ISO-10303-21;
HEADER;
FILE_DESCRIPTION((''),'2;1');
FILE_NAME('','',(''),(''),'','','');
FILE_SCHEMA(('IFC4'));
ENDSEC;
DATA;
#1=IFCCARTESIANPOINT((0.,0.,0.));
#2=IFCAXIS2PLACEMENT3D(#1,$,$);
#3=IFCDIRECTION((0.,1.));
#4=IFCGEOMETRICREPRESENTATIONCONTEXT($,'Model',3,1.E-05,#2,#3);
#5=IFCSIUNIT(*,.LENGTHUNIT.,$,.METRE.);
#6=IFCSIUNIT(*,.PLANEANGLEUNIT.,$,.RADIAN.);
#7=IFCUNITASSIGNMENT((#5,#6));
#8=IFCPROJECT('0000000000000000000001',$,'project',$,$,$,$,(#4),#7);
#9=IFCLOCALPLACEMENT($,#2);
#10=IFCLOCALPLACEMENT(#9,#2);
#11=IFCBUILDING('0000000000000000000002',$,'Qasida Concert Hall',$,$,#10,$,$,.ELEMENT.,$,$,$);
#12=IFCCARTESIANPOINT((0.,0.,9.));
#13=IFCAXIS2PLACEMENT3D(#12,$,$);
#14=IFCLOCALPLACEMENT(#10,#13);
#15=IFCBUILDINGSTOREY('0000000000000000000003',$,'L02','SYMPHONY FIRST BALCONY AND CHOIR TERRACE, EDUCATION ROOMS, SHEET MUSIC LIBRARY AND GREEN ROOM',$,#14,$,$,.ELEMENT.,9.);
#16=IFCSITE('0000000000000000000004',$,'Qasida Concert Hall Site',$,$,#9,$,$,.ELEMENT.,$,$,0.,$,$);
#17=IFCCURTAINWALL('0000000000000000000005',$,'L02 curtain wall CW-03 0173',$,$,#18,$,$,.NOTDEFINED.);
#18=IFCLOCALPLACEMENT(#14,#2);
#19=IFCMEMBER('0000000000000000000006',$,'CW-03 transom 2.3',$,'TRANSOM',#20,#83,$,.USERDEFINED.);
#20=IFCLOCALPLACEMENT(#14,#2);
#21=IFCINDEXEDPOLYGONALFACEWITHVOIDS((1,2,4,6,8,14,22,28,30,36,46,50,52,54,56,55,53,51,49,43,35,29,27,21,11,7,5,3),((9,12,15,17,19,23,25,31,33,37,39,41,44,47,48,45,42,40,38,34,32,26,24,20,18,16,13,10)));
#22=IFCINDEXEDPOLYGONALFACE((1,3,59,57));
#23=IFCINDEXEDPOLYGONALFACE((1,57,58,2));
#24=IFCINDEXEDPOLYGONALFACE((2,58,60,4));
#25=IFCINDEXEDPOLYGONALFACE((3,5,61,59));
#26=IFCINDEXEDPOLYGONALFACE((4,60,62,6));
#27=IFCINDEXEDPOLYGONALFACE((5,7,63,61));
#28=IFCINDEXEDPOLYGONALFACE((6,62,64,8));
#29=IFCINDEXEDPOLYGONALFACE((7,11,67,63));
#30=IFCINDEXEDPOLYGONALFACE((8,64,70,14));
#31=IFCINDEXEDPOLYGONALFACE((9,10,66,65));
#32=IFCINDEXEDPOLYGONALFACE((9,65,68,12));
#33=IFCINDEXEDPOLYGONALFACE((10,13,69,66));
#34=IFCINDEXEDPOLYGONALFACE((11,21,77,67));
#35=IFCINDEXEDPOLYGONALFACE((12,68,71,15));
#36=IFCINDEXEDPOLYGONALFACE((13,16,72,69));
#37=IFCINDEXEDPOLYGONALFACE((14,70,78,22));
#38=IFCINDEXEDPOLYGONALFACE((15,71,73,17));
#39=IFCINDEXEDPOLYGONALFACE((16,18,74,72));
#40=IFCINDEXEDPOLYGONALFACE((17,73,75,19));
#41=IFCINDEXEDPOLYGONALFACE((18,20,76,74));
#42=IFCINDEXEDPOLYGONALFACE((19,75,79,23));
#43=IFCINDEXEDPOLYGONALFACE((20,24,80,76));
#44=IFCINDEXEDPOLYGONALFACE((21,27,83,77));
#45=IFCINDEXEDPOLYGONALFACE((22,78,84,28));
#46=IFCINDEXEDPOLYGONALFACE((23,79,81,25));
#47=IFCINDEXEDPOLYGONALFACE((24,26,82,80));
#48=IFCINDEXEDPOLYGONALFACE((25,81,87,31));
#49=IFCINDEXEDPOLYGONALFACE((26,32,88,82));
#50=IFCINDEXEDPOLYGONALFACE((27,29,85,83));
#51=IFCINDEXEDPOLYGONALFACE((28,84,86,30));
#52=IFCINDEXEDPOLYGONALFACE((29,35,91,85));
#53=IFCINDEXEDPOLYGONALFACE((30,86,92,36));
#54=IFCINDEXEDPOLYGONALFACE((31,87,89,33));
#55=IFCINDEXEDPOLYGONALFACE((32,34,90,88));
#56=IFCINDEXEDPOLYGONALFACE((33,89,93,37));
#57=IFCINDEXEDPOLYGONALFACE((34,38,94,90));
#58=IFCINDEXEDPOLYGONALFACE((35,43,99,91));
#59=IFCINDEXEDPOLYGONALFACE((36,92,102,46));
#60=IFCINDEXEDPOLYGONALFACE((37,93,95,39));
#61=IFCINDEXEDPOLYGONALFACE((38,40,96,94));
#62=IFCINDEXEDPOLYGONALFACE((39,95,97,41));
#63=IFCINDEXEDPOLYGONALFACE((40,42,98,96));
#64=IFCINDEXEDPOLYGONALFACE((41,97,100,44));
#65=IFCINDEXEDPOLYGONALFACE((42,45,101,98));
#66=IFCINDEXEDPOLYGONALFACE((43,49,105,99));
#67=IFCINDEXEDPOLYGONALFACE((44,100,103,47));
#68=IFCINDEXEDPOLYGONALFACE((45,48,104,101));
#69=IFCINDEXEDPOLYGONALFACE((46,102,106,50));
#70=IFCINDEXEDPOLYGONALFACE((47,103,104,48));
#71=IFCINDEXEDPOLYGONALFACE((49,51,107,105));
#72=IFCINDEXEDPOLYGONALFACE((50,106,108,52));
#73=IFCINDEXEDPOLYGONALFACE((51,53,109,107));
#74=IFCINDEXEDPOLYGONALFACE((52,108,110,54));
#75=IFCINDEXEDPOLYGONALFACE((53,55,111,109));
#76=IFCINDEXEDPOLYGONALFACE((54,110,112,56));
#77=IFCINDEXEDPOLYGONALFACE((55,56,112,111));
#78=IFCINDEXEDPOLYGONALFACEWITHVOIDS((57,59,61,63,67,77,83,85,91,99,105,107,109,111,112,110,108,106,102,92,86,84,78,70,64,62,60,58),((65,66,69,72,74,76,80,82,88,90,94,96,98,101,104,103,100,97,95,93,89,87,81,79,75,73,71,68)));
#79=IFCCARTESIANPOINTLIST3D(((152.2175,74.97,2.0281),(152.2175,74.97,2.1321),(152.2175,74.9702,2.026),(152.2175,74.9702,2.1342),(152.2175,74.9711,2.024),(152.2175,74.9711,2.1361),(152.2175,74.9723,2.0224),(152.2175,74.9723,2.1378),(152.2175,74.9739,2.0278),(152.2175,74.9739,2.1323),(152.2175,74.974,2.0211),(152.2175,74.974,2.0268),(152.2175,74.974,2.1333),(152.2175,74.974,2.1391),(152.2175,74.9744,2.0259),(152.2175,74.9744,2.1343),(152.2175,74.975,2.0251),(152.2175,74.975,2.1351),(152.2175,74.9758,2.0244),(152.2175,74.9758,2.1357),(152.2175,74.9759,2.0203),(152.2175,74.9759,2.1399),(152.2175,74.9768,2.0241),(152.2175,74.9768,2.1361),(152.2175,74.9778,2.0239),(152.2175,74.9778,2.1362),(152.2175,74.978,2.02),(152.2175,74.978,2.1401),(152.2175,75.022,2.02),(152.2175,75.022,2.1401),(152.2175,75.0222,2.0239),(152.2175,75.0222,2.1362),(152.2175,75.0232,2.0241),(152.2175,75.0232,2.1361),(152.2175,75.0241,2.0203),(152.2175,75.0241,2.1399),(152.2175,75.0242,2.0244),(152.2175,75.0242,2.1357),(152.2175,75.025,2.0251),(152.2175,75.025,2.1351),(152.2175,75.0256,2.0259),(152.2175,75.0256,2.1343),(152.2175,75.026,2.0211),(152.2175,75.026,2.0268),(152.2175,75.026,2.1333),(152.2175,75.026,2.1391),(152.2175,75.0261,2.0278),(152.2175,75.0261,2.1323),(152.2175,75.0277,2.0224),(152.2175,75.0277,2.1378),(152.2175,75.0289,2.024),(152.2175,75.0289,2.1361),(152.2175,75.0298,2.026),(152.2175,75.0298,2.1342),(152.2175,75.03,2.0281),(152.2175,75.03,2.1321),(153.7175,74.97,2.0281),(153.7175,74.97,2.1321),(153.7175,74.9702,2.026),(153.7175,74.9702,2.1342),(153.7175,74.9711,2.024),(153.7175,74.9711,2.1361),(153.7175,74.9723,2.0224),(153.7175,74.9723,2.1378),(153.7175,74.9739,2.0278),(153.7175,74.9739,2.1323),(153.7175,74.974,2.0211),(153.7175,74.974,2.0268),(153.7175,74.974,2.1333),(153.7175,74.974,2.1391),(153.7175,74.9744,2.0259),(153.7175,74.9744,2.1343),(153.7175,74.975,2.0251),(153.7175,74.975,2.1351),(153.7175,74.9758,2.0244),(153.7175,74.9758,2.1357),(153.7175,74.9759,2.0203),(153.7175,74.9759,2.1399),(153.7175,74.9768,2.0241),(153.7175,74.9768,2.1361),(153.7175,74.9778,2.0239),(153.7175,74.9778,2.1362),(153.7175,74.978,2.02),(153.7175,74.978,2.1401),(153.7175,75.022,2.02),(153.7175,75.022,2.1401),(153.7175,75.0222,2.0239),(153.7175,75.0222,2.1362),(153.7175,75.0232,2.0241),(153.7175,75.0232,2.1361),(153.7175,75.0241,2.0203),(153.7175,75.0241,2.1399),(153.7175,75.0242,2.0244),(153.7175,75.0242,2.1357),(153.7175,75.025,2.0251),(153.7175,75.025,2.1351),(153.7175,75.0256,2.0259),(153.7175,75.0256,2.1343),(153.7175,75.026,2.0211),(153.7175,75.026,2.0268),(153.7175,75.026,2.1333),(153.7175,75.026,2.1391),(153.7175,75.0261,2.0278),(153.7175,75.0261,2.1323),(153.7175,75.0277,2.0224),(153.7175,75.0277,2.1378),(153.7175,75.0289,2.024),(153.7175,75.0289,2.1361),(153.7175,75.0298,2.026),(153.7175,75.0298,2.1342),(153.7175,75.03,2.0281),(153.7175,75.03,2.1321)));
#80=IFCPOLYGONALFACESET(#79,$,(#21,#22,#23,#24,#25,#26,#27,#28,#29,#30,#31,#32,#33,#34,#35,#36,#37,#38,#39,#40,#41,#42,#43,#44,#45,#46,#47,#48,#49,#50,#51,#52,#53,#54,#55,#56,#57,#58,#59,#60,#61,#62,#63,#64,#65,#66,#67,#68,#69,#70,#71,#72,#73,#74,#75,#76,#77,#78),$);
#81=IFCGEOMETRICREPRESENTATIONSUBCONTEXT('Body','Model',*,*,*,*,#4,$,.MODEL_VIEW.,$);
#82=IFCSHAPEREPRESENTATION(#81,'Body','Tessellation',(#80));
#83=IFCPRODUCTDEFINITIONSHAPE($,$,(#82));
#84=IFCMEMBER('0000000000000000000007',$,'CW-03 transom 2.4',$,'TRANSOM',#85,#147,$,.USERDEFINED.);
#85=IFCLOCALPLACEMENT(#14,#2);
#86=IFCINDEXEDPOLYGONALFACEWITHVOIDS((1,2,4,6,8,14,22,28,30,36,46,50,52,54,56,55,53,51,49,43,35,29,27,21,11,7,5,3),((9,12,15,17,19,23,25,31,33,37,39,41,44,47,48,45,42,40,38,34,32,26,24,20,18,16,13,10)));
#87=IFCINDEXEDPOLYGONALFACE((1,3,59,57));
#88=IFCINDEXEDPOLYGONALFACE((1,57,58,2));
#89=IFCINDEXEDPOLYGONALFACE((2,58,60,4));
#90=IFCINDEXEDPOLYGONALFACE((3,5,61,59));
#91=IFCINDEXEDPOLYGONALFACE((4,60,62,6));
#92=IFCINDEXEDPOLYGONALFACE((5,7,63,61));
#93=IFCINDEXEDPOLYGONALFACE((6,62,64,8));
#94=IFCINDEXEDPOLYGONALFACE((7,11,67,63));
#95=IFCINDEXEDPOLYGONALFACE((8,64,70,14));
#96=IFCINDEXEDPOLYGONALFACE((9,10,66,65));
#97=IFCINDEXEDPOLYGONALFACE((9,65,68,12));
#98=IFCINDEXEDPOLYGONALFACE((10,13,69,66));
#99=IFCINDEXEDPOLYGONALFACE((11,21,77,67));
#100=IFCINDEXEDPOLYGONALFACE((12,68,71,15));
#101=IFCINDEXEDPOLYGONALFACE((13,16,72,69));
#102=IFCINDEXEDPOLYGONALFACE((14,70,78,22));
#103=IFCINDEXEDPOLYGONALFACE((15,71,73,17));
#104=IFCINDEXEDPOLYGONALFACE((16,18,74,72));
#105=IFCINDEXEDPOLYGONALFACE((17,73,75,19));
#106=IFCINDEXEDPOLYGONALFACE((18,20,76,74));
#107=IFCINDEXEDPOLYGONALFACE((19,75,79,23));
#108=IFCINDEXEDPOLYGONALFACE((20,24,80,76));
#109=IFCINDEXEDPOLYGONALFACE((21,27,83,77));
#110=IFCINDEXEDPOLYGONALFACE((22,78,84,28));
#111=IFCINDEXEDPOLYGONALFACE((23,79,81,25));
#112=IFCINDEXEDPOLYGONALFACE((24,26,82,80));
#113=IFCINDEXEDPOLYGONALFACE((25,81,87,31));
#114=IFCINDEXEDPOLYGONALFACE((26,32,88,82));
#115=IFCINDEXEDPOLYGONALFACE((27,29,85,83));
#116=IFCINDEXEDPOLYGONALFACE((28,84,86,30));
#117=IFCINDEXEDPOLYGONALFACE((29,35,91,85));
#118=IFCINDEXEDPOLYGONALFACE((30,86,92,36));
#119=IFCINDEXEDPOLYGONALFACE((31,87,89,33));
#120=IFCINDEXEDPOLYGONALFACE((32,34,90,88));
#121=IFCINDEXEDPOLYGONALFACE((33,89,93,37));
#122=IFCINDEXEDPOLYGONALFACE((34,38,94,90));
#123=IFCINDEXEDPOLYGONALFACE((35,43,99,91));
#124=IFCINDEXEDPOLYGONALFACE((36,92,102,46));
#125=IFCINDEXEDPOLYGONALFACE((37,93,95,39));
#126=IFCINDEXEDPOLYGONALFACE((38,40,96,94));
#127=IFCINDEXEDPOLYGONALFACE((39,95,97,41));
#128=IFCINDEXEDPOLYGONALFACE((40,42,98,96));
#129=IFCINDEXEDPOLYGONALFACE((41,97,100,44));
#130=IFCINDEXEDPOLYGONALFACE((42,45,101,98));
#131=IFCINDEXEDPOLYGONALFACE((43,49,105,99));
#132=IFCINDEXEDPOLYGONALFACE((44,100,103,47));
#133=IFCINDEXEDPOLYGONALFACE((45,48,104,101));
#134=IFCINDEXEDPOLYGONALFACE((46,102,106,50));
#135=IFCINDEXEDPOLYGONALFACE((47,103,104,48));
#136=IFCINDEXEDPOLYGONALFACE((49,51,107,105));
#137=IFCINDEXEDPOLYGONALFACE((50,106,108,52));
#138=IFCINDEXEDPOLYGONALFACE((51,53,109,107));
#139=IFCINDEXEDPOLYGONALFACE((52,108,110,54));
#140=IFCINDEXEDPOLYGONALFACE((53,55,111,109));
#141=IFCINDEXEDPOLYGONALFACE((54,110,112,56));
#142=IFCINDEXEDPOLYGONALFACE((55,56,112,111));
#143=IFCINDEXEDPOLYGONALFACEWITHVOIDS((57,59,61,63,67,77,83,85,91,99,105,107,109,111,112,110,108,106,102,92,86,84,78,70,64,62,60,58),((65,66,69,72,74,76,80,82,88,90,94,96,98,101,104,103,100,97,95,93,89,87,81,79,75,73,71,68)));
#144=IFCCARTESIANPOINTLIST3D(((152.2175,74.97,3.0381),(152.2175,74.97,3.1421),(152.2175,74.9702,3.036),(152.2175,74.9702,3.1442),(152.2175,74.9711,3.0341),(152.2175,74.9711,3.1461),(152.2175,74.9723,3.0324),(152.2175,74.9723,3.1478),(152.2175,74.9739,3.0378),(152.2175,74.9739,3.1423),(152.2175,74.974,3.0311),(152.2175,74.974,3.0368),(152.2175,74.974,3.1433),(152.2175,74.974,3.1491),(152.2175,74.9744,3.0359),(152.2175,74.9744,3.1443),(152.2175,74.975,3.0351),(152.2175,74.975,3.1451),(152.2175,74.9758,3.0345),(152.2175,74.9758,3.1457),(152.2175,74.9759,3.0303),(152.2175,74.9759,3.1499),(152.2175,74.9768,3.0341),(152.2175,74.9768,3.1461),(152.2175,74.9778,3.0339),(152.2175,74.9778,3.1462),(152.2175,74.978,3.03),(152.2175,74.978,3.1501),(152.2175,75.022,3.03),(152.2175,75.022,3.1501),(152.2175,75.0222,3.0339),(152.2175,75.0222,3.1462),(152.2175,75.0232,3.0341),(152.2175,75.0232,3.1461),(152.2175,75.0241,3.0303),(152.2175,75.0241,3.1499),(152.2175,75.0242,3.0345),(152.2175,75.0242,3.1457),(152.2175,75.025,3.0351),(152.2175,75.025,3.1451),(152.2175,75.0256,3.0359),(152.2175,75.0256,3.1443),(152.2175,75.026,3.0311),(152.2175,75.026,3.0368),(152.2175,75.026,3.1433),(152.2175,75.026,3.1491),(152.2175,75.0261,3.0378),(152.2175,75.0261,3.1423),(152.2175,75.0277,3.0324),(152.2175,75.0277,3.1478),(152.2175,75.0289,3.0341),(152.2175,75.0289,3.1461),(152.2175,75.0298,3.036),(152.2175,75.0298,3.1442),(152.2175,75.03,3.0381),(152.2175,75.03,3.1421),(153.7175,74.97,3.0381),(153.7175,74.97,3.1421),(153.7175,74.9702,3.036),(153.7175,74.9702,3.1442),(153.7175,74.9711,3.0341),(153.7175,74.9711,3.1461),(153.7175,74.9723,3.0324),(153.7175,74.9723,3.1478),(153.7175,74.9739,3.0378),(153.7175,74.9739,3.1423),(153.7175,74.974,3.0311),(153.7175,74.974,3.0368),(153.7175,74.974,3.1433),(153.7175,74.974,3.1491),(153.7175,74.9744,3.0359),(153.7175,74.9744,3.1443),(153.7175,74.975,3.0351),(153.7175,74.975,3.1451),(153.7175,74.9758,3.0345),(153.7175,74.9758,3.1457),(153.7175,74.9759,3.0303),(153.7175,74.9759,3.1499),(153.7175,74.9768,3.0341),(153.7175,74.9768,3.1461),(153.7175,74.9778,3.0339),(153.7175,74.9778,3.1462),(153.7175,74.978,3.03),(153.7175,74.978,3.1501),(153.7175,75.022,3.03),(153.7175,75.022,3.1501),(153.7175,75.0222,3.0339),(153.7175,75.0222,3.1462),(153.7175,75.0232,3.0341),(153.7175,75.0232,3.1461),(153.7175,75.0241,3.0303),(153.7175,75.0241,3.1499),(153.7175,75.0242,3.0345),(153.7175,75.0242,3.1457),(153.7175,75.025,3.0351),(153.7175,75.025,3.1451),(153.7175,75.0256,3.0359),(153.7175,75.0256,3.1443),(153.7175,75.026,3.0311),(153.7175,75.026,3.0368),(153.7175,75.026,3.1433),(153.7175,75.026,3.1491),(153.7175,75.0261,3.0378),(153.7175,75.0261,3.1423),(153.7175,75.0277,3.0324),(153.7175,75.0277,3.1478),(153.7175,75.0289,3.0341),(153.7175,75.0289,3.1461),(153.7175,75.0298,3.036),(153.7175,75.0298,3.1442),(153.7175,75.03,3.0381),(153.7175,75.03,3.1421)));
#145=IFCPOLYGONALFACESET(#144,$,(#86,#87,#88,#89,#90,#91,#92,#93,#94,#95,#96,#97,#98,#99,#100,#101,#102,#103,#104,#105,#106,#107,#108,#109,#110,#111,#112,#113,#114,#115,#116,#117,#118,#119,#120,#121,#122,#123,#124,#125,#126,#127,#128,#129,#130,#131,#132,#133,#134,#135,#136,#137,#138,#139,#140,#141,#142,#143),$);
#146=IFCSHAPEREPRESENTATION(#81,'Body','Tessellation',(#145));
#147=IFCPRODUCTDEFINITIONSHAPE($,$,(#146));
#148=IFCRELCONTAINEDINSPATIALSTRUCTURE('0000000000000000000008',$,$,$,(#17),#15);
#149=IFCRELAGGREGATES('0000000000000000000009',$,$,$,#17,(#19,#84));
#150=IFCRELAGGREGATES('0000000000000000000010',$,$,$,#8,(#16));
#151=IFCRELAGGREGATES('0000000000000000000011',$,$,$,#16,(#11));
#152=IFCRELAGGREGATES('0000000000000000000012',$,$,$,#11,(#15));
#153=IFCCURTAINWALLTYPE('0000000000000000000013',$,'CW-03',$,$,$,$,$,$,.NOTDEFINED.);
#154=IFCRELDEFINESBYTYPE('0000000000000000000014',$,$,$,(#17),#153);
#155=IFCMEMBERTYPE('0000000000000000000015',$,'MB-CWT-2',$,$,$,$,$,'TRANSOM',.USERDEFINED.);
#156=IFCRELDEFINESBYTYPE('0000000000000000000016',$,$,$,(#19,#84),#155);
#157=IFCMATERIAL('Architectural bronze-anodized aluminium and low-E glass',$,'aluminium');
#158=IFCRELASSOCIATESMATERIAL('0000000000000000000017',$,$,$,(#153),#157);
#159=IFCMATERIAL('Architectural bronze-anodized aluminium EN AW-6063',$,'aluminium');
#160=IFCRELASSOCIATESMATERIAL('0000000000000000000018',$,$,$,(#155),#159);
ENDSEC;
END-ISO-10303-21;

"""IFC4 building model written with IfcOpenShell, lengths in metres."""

from ifc_helpers import new_model, si_unit, direction, frame, origin, origin_2d, place, context, subcontext, project, spatial, hollow_rectangle, extrude, material, material_profile, profile_set, type_object, element, aggregate, save


model = new_model("IFC4")

# Units and contexts
model_context = context("Model", 3, precision=1e-05, world=origin(), true_north=direction((0.0, 1.0)))
body_context = subcontext(model_context, "Body", "Model", "MODEL_VIEW")
ifc_project = project(units=[si_unit("LENGTHUNIT", "METRE"), si_unit("PLANEANGLEUNIT", "RADIAN")], contexts=[model_context])

# Site, building, storey
site_placement = place(None, origin())
site = spatial("IfcSite", under=ifc_project, at=site_placement, Name="Qasida Concert Hall Site", CompositionType="ELEMENT", RefElevation=0.0)
building_placement = place(site_placement, origin())
building = spatial("IfcBuilding", under=site, at=building_placement, Name="Qasida Concert Hall", CompositionType="ELEMENT")
storey_placement = place(building_placement, frame((0.0, 0.0, 9.0)))
storey = spatial("IfcBuildingStorey", under=building, at=storey_placement, Name="L02", Description="SYMPHONY FIRST BALCONY AND CHOIR TERRACE, EDUCATION ROOMS, SHEET MUSIC LIBRARY AND GREEN ROOM", CompositionType="ELEMENT", Elevation=9.0)

# Curtain wall, members
ifc_material_1 = material(Name="Architectural bronze-anodized aluminium and low-E glass", Category="aluminium")
curtain_wall_type = type_object("IfcCurtainWallType", Name="CW-03", PredefinedType="NOTDEFINED", material=ifc_material_1)
curtain_wall_placement = place(storey_placement, origin())
curtain_wall = element("IfcCurtainWall", 1, at=curtain_wall_placement, inside=storey, type_object=curtain_wall_type, Name="L02 curtain wall CW-03 0173", PredefinedType="NOTDEFINED")
ifc_material_2 = material(Name="Architectural bronze-anodized aluminium EN AW-6063", Category="aluminium")
ifc_material_profile_1 = material_profile(ifc_material_2, hollow_rectangle(XDim=0.0601, YDim=0.1201, WallThickness=0.0039, InnerFilletRadius=0.0039, OuterFilletRadius=0.0081, at=origin_2d()), Name="CWT 120x60x4")
ifc_profile_set_1 = profile_set([ifc_material_profile_1], Name="Architectural bronze-anodized aluminium EN AW-6063")
member_type_1 = type_object("IfcMemberType", Name="MB-CWT-2", ElementType="TRANSOM", PredefinedType="USERDEFINED", material=ifc_profile_set_1)
member_1_placement = place(storey_placement, frame((152.2175, 75.0, 2.0801), z_axis=(1.0, 0.0, 0.0), x_axis=(0.0, 1.0, 0.0)))
member_1 = element("IfcMember", 2, at=member_1_placement, type_object=member_type_1, Name="CW-03 transom 2.3", ObjectType="TRANSOM", PredefinedType="USERDEFINED", context=body_context, shape_type="SweptSolid", body=[
    extrude(hollow_rectangle(XDim=0.0601, YDim=0.1201, WallThickness=0.0039, InnerFilletRadius=0.0039, OuterFilletRadius=0.0081, at=origin_2d()), origin(), (0.0, 0.0, 1.0), 1.5),
])
member_2_placement = place(storey_placement, frame((152.2175, 75.0, 3.0901), z_axis=(1.0, 0.0, 0.0), x_axis=(0.0, 1.0, 0.0)))
member_2 = element("IfcMember", 3, at=member_2_placement, type_object=member_type_1, Name="CW-03 transom 2.4", ObjectType="TRANSOM", PredefinedType="USERDEFINED", context=body_context, shape_type="SweptSolid", body=[
    extrude(hollow_rectangle(XDim=0.0601, YDim=0.1201, WallThickness=0.0039, InnerFilletRadius=0.0039, OuterFilletRadius=0.0081, at=origin_2d()), origin(), (0.0, 0.0, 1.0), 1.5),
])
aggregate(curtain_wall, [member_1, member_2])

save(model, "model.ifc")
